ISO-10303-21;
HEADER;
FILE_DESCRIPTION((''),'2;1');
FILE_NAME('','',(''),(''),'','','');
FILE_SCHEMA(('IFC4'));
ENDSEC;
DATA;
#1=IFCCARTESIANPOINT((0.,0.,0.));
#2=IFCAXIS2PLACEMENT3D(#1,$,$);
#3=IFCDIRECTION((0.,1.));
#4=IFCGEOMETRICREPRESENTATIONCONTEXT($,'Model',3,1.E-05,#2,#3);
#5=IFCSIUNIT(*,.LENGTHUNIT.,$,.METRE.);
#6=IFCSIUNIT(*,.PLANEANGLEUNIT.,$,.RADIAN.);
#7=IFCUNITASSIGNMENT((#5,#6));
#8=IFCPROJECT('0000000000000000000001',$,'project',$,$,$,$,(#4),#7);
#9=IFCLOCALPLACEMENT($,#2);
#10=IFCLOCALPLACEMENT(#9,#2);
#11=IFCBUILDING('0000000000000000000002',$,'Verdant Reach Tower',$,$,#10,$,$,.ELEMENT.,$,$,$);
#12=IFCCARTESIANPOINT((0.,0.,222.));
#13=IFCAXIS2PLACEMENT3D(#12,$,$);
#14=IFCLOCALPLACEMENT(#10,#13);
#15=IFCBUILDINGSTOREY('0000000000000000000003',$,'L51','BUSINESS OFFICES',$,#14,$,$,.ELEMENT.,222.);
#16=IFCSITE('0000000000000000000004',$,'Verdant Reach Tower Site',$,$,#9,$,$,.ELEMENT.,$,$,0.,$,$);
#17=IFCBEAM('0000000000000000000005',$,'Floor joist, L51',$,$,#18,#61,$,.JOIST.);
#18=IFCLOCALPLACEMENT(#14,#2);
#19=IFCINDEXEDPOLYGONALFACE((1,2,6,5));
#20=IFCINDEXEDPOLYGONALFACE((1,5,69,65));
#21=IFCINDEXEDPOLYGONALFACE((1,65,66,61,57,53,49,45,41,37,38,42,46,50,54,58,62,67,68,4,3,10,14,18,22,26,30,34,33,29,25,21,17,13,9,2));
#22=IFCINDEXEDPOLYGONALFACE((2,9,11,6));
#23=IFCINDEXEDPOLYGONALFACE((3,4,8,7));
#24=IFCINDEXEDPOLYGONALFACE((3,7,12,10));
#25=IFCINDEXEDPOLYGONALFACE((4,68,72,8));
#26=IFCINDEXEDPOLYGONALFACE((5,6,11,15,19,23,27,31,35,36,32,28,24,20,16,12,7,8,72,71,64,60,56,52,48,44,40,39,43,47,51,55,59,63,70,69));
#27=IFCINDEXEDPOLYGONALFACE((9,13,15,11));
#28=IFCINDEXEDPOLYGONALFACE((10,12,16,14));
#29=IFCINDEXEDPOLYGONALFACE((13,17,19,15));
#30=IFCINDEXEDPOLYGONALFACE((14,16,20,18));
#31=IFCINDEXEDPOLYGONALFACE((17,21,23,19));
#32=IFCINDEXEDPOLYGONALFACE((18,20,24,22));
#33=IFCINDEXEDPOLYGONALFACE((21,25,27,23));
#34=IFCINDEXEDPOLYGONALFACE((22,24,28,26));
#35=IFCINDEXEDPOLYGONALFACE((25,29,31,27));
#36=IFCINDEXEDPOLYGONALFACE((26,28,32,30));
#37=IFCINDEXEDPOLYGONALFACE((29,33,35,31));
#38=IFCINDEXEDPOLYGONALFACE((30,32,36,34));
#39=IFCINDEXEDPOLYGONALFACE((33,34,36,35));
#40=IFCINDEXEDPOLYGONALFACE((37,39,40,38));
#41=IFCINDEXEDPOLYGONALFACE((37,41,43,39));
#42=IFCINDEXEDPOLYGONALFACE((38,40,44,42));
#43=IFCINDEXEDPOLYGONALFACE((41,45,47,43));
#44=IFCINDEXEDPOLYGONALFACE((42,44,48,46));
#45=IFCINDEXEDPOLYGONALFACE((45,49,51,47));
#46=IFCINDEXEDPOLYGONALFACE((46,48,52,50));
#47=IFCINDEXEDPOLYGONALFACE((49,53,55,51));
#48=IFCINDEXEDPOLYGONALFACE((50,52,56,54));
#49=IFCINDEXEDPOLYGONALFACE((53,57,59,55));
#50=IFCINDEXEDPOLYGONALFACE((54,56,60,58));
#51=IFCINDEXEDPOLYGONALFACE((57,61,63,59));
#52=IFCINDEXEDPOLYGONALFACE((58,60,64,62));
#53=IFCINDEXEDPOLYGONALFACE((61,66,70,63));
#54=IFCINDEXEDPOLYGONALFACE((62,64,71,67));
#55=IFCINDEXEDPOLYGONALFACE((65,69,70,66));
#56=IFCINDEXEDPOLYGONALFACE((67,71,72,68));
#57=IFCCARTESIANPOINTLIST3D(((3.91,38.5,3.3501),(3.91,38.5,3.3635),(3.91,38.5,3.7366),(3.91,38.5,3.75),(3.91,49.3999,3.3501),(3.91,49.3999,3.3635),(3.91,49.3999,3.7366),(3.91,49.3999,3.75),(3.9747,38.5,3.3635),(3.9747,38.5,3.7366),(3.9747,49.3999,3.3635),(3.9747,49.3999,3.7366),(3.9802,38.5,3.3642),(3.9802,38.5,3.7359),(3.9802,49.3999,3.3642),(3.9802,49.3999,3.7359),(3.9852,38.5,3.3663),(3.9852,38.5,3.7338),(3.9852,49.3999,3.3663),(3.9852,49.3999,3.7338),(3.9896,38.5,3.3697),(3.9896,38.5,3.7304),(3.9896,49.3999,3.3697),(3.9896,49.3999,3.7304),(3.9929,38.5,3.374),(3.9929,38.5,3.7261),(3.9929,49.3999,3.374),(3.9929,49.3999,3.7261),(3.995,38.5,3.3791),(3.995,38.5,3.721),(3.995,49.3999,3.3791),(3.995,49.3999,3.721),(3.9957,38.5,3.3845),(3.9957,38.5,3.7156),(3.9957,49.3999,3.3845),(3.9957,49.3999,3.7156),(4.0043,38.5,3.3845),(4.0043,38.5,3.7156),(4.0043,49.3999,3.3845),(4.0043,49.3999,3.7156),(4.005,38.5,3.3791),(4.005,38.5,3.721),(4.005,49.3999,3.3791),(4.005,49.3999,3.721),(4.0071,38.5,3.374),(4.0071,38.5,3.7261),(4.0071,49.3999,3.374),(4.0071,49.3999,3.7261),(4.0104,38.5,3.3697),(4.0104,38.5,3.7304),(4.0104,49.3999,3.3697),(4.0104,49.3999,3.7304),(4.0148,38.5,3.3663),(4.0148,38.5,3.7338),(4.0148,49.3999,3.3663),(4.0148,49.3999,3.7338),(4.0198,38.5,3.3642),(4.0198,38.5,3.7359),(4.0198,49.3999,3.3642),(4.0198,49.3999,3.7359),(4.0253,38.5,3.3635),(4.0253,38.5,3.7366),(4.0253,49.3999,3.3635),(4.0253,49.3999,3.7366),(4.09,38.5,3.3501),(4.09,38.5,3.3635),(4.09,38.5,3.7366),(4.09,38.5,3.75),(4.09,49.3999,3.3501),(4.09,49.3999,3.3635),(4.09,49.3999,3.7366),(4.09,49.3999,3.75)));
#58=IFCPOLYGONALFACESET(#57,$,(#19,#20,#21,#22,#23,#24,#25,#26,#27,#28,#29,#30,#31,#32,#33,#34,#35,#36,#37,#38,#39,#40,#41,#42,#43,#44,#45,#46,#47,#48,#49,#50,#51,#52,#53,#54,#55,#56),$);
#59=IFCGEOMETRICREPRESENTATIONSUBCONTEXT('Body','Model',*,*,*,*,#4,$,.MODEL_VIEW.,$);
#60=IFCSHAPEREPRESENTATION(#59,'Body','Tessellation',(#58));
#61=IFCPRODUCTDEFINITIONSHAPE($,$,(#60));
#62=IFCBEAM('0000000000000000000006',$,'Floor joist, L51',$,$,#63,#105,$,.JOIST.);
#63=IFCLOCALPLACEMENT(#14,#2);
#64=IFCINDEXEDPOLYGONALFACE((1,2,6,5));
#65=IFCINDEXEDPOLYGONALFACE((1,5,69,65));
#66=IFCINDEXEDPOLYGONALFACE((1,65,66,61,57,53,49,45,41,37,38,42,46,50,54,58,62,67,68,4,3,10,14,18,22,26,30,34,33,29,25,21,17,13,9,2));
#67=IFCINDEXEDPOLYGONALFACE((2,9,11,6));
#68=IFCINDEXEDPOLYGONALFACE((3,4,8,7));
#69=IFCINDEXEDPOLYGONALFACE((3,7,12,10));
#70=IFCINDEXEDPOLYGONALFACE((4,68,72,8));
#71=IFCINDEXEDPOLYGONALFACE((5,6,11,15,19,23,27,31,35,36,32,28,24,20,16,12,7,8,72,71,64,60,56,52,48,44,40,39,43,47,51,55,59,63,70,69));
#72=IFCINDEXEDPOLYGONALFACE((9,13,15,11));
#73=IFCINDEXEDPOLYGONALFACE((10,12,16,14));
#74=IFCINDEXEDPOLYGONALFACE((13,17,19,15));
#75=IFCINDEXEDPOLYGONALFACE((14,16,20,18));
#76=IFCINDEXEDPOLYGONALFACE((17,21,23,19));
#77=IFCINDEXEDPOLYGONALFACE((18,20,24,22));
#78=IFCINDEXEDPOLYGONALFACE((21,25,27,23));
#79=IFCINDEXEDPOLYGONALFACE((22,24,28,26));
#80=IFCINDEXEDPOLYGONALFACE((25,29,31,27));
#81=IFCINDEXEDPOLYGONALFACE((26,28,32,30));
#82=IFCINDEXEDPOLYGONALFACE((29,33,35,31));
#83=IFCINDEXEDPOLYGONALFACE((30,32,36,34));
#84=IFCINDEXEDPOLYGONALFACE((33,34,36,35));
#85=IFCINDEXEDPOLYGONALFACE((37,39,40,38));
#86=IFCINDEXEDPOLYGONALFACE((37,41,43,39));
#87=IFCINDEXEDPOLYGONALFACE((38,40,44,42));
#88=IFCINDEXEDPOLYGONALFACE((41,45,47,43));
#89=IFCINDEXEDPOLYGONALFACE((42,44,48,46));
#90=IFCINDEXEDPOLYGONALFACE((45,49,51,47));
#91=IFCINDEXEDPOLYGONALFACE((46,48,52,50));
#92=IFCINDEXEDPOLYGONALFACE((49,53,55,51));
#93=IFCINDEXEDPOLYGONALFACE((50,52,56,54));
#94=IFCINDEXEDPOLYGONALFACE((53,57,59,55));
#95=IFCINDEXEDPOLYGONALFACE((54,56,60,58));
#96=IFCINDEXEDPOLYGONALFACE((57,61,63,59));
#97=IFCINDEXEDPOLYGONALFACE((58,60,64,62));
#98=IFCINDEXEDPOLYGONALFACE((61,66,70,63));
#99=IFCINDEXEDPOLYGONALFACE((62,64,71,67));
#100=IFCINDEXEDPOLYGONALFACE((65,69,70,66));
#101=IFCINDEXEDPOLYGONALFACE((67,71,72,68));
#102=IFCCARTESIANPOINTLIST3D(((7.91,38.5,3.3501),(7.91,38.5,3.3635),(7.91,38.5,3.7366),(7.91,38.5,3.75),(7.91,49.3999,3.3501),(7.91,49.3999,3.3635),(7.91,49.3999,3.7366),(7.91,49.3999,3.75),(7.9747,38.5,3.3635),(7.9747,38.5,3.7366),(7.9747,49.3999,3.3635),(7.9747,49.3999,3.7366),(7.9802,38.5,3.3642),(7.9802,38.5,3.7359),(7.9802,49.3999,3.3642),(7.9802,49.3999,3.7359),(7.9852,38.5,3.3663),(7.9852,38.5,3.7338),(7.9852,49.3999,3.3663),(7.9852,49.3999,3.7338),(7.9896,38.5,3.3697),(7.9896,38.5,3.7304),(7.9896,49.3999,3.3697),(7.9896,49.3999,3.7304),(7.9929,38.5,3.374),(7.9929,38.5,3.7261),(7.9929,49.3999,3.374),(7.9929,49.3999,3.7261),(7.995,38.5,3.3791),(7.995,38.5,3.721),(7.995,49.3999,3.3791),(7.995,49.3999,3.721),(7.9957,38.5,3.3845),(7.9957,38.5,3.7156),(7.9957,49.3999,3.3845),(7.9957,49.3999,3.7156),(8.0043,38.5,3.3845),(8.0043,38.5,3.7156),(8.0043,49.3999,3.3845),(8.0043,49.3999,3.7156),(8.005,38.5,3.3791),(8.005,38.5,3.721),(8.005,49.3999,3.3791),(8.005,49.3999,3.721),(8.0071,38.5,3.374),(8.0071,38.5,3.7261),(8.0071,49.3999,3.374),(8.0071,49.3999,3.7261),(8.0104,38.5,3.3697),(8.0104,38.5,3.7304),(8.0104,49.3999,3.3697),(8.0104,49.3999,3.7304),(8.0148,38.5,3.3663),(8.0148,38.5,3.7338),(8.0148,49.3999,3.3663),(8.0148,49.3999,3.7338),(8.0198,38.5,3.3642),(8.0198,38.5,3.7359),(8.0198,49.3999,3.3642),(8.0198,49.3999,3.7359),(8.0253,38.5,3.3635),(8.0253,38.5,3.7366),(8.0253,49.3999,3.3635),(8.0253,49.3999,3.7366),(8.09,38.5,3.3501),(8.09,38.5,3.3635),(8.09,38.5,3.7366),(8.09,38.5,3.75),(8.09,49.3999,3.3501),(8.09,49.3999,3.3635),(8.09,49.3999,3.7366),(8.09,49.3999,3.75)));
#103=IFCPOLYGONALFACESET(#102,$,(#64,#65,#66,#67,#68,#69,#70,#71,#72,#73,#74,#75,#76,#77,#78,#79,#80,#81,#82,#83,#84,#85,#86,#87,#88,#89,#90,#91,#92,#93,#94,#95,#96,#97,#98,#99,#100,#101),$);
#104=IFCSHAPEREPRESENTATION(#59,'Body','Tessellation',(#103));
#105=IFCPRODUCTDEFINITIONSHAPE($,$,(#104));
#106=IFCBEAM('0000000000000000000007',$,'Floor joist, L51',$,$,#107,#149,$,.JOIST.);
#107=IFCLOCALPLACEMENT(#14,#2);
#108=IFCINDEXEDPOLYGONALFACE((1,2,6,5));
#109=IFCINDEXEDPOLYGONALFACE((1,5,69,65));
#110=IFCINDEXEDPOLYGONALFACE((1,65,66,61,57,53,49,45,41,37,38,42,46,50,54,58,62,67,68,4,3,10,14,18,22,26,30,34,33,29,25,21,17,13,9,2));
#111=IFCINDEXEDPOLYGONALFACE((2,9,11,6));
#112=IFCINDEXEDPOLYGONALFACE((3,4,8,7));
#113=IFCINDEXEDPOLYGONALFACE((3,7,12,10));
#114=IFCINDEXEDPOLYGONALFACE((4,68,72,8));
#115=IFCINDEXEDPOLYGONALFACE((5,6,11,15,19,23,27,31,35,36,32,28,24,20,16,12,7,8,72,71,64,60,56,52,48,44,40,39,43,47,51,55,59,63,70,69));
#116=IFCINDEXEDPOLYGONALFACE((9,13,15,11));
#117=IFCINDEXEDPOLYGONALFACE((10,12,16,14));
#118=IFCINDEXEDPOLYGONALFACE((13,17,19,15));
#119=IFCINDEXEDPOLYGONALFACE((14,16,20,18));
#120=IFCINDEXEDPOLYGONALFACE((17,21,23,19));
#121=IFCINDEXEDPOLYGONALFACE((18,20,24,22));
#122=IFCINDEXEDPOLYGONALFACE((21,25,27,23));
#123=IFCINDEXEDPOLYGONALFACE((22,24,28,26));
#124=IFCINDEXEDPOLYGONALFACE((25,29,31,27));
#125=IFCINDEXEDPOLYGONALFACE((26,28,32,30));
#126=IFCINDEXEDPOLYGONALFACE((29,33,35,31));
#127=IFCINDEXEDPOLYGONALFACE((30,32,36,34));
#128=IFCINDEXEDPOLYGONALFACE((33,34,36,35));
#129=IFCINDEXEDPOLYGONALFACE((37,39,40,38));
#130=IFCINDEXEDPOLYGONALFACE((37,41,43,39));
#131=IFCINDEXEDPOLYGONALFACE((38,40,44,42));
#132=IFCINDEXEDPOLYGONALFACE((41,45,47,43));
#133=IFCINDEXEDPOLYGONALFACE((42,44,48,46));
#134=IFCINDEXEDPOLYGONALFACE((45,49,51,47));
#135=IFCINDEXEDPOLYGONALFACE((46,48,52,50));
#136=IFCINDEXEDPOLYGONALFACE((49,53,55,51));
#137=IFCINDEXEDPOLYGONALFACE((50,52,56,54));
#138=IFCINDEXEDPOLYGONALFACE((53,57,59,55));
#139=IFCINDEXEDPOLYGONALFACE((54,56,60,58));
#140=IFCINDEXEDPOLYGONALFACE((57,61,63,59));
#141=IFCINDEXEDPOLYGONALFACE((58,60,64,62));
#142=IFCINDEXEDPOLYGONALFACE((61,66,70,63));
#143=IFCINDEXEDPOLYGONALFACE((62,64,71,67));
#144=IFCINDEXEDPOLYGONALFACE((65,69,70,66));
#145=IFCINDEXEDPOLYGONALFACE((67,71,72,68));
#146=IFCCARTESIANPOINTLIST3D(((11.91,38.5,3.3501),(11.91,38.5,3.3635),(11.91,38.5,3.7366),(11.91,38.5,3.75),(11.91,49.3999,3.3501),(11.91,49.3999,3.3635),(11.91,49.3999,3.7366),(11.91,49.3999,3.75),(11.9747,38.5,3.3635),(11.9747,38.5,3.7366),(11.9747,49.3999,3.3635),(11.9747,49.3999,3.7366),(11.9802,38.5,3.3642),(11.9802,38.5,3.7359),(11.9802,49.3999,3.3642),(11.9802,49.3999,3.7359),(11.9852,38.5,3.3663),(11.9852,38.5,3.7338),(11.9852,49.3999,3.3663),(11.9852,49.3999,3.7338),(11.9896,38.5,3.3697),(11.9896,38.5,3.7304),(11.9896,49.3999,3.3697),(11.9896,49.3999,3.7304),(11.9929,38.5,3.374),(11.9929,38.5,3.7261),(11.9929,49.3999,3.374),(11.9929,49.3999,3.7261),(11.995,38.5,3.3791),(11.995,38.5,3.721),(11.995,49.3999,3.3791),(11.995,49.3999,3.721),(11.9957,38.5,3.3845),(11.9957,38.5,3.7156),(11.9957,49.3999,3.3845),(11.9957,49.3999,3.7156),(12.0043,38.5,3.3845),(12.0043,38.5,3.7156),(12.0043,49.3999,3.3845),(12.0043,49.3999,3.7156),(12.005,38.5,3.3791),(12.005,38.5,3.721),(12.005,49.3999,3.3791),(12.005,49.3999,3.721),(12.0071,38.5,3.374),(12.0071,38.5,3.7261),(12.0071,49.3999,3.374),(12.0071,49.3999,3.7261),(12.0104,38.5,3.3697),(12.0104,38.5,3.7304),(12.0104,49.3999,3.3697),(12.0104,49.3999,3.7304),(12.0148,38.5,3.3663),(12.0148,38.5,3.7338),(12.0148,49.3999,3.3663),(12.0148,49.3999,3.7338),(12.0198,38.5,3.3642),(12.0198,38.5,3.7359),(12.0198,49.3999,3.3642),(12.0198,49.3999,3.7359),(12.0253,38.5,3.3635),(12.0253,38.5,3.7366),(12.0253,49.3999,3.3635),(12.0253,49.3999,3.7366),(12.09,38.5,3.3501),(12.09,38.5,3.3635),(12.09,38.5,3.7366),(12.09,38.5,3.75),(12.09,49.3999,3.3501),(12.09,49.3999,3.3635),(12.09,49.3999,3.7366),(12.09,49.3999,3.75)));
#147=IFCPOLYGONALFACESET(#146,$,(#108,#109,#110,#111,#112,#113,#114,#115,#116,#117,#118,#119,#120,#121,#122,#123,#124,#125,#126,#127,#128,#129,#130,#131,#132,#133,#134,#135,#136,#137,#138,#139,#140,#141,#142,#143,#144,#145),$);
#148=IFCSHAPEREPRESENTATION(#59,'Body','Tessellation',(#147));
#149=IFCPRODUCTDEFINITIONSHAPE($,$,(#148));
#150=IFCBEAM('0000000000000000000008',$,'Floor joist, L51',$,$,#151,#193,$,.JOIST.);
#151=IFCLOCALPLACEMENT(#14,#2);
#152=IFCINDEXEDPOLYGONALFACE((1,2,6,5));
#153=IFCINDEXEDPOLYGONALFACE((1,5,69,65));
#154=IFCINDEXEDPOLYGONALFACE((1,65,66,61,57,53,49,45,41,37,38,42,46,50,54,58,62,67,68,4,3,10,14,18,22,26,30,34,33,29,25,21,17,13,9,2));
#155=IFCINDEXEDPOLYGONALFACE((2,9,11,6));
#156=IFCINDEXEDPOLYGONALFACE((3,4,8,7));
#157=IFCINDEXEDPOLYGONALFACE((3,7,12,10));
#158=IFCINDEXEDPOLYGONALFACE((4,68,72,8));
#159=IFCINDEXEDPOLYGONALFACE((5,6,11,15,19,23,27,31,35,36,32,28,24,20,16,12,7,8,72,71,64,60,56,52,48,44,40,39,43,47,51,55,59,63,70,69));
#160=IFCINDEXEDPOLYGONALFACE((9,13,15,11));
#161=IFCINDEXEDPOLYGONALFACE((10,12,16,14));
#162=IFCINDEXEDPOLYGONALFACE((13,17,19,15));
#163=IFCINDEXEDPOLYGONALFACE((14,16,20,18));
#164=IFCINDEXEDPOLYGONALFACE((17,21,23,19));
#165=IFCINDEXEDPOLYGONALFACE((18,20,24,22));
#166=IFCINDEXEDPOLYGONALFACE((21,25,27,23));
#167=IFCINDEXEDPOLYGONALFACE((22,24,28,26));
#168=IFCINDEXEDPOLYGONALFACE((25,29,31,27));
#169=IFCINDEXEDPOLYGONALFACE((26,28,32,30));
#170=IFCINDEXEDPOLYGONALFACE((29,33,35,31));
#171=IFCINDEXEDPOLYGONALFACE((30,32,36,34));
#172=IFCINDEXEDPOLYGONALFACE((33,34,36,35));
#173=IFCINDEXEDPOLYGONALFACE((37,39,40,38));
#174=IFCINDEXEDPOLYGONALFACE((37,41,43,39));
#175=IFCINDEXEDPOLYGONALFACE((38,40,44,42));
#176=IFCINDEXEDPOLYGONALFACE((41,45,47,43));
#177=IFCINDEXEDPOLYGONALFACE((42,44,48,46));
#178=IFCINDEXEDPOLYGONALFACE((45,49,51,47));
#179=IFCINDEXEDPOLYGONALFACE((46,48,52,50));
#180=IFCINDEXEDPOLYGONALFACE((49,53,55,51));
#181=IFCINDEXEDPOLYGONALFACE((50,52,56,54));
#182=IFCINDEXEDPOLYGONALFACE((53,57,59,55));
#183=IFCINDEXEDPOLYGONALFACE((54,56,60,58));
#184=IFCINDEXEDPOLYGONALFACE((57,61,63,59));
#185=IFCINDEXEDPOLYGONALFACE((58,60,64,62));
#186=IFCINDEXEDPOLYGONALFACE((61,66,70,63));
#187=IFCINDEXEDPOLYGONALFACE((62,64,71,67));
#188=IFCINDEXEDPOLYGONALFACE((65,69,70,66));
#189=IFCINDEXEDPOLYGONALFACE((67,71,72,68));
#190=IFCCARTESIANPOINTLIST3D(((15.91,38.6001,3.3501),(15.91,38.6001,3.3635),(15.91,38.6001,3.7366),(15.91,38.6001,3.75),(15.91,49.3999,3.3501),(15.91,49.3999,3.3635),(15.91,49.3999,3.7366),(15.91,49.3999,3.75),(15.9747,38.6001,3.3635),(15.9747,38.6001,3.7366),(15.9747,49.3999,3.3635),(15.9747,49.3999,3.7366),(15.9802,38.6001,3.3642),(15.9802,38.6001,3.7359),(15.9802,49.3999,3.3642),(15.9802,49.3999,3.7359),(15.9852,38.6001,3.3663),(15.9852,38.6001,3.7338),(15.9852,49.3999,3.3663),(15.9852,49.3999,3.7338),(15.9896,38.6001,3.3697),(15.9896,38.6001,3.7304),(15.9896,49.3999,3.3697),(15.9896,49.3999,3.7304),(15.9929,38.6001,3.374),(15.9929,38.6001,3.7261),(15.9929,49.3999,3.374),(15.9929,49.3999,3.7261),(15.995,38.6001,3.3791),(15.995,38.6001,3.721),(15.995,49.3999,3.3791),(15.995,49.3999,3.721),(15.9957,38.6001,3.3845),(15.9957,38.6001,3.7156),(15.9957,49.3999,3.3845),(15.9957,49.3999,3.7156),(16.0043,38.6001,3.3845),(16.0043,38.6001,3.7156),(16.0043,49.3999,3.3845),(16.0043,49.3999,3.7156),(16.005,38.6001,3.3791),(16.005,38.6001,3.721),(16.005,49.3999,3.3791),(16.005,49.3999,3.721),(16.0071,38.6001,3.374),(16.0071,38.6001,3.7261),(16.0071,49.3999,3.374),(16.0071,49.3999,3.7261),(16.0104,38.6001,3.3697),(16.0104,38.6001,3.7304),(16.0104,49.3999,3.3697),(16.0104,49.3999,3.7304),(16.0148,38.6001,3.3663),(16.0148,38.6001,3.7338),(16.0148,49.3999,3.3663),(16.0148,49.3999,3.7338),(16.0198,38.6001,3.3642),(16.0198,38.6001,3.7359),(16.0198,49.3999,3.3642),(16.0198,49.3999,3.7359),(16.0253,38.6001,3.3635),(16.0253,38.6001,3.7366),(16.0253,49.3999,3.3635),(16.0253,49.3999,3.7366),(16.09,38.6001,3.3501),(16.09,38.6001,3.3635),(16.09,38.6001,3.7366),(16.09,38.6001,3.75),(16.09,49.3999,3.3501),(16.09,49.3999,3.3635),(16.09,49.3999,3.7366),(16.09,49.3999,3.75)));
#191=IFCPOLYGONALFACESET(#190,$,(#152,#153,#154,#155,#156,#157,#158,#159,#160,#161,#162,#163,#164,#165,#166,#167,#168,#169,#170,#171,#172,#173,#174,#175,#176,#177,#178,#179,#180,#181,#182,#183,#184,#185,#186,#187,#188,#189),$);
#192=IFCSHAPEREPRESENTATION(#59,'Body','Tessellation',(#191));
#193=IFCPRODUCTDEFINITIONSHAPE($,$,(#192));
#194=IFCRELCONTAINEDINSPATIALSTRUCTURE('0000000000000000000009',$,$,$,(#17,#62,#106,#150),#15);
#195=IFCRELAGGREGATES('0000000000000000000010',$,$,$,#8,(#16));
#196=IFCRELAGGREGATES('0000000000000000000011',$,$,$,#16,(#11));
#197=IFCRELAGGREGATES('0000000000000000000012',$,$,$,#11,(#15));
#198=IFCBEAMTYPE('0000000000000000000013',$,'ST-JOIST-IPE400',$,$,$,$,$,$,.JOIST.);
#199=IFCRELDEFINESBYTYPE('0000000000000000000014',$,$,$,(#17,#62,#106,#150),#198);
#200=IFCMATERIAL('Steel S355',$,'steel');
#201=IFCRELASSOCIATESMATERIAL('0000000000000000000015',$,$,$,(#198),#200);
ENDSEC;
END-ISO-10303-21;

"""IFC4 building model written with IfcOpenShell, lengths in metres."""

from ifc_helpers import new_model, si_unit, direction, frame, origin, origin_2d, place, context, subcontext, project, spatial, i_section, extrude, material, material_profile, profile_set, type_object, element, save


model = new_model("IFC4")

# Units and contexts
model_context = context("Model", 3, precision=1e-05, world=origin(), true_north=direction((0.0, 1.0)))
body_context = subcontext(model_context, "Body", "Model", "MODEL_VIEW")
ifc_project = project(units=[si_unit("LENGTHUNIT", "METRE"), si_unit("PLANEANGLEUNIT", "RADIAN")], contexts=[model_context])

# Site, building, storey
site_placement = place(None, origin())
site = spatial("IfcSite", under=ifc_project, at=site_placement, Name="Verdant Reach Tower Site", CompositionType="ELEMENT", RefElevation=0.0)
building_placement = place(site_placement, origin())
building = spatial("IfcBuilding", under=site, at=building_placement, Name="Verdant Reach Tower", CompositionType="ELEMENT")
storey_placement = place(building_placement, frame((0.0, 0.0, 222.0)))
storey = spatial("IfcBuildingStorey", under=building, at=storey_placement, Name="L51", Description="BUSINESS OFFICES", CompositionType="ELEMENT", Elevation=222.0)

# Beams
ifc_material_1 = material(Name="Steel S355", Category="steel")
ifc_material_profile_1 = material_profile(ifc_material_1, i_section(OverallWidth=0.1799, OverallDepth=0.3999, WebThickness=0.0085, FlangeThickness=0.0134, FilletRadius=0.021, at=origin_2d()), Name="IPE 400")
ifc_profile_set_1 = profile_set([ifc_material_profile_1], Name="Steel S355")
beam_type_1 = type_object("IfcBeamType", Name="ST-JOIST-IPE400", PredefinedType="JOIST", material=ifc_profile_set_1)
for number, where, z_axis, x_axis, name in (
    (1, (4.0, 38.5, 3.55), (0.0, 1.0, 0.0), (-1.0, 0.0, 0.0), "Floor joist, L51"),
    (2, (8.0, 38.5, 3.55), (0.0, 1.0, 0.0), (-1.0, 0.0, 0.0), "Floor joist, L51"),
    (3, (12.0, 38.5, 3.55), (0.0, 1.0, 0.0), (-1.0, 0.0, 0.0), "Floor joist, L51"),
):
    element("IfcBeam", number, at=place(storey_placement, frame(where, z_axis=z_axis, x_axis=x_axis)), inside=storey, type_object=beam_type_1, Name=name, PredefinedType="JOIST", context=body_context, shape_type="SweptSolid", body=[
        extrude(i_section(OverallWidth=0.1799, OverallDepth=0.3999, WebThickness=0.0085, FlangeThickness=0.0134, FilletRadius=0.021, at=origin_2d()), origin(), (0.0, 0.0, 1.0), 10.8999),
    ])
for number, where, z_axis, x_axis, name in (
    (4, (16.0, 38.6001, 3.55), (0.0, 1.0, 0.0), (-1.0, 0.0, 0.0), "Floor joist, L51"),
):
    element("IfcBeam", number, at=place(storey_placement, frame(where, z_axis=z_axis, x_axis=x_axis)), inside=storey, type_object=beam_type_1, Name=name, PredefinedType="JOIST", context=body_context, shape_type="SweptSolid", body=[
        extrude(i_section(OverallWidth=0.1799, OverallDepth=0.3999, WebThickness=0.0085, FlangeThickness=0.0134, FilletRadius=0.021, at=origin_2d()), origin(), (0.0, 0.0, 1.0), 10.7998),
    ])

save(model, "model.ifc")
